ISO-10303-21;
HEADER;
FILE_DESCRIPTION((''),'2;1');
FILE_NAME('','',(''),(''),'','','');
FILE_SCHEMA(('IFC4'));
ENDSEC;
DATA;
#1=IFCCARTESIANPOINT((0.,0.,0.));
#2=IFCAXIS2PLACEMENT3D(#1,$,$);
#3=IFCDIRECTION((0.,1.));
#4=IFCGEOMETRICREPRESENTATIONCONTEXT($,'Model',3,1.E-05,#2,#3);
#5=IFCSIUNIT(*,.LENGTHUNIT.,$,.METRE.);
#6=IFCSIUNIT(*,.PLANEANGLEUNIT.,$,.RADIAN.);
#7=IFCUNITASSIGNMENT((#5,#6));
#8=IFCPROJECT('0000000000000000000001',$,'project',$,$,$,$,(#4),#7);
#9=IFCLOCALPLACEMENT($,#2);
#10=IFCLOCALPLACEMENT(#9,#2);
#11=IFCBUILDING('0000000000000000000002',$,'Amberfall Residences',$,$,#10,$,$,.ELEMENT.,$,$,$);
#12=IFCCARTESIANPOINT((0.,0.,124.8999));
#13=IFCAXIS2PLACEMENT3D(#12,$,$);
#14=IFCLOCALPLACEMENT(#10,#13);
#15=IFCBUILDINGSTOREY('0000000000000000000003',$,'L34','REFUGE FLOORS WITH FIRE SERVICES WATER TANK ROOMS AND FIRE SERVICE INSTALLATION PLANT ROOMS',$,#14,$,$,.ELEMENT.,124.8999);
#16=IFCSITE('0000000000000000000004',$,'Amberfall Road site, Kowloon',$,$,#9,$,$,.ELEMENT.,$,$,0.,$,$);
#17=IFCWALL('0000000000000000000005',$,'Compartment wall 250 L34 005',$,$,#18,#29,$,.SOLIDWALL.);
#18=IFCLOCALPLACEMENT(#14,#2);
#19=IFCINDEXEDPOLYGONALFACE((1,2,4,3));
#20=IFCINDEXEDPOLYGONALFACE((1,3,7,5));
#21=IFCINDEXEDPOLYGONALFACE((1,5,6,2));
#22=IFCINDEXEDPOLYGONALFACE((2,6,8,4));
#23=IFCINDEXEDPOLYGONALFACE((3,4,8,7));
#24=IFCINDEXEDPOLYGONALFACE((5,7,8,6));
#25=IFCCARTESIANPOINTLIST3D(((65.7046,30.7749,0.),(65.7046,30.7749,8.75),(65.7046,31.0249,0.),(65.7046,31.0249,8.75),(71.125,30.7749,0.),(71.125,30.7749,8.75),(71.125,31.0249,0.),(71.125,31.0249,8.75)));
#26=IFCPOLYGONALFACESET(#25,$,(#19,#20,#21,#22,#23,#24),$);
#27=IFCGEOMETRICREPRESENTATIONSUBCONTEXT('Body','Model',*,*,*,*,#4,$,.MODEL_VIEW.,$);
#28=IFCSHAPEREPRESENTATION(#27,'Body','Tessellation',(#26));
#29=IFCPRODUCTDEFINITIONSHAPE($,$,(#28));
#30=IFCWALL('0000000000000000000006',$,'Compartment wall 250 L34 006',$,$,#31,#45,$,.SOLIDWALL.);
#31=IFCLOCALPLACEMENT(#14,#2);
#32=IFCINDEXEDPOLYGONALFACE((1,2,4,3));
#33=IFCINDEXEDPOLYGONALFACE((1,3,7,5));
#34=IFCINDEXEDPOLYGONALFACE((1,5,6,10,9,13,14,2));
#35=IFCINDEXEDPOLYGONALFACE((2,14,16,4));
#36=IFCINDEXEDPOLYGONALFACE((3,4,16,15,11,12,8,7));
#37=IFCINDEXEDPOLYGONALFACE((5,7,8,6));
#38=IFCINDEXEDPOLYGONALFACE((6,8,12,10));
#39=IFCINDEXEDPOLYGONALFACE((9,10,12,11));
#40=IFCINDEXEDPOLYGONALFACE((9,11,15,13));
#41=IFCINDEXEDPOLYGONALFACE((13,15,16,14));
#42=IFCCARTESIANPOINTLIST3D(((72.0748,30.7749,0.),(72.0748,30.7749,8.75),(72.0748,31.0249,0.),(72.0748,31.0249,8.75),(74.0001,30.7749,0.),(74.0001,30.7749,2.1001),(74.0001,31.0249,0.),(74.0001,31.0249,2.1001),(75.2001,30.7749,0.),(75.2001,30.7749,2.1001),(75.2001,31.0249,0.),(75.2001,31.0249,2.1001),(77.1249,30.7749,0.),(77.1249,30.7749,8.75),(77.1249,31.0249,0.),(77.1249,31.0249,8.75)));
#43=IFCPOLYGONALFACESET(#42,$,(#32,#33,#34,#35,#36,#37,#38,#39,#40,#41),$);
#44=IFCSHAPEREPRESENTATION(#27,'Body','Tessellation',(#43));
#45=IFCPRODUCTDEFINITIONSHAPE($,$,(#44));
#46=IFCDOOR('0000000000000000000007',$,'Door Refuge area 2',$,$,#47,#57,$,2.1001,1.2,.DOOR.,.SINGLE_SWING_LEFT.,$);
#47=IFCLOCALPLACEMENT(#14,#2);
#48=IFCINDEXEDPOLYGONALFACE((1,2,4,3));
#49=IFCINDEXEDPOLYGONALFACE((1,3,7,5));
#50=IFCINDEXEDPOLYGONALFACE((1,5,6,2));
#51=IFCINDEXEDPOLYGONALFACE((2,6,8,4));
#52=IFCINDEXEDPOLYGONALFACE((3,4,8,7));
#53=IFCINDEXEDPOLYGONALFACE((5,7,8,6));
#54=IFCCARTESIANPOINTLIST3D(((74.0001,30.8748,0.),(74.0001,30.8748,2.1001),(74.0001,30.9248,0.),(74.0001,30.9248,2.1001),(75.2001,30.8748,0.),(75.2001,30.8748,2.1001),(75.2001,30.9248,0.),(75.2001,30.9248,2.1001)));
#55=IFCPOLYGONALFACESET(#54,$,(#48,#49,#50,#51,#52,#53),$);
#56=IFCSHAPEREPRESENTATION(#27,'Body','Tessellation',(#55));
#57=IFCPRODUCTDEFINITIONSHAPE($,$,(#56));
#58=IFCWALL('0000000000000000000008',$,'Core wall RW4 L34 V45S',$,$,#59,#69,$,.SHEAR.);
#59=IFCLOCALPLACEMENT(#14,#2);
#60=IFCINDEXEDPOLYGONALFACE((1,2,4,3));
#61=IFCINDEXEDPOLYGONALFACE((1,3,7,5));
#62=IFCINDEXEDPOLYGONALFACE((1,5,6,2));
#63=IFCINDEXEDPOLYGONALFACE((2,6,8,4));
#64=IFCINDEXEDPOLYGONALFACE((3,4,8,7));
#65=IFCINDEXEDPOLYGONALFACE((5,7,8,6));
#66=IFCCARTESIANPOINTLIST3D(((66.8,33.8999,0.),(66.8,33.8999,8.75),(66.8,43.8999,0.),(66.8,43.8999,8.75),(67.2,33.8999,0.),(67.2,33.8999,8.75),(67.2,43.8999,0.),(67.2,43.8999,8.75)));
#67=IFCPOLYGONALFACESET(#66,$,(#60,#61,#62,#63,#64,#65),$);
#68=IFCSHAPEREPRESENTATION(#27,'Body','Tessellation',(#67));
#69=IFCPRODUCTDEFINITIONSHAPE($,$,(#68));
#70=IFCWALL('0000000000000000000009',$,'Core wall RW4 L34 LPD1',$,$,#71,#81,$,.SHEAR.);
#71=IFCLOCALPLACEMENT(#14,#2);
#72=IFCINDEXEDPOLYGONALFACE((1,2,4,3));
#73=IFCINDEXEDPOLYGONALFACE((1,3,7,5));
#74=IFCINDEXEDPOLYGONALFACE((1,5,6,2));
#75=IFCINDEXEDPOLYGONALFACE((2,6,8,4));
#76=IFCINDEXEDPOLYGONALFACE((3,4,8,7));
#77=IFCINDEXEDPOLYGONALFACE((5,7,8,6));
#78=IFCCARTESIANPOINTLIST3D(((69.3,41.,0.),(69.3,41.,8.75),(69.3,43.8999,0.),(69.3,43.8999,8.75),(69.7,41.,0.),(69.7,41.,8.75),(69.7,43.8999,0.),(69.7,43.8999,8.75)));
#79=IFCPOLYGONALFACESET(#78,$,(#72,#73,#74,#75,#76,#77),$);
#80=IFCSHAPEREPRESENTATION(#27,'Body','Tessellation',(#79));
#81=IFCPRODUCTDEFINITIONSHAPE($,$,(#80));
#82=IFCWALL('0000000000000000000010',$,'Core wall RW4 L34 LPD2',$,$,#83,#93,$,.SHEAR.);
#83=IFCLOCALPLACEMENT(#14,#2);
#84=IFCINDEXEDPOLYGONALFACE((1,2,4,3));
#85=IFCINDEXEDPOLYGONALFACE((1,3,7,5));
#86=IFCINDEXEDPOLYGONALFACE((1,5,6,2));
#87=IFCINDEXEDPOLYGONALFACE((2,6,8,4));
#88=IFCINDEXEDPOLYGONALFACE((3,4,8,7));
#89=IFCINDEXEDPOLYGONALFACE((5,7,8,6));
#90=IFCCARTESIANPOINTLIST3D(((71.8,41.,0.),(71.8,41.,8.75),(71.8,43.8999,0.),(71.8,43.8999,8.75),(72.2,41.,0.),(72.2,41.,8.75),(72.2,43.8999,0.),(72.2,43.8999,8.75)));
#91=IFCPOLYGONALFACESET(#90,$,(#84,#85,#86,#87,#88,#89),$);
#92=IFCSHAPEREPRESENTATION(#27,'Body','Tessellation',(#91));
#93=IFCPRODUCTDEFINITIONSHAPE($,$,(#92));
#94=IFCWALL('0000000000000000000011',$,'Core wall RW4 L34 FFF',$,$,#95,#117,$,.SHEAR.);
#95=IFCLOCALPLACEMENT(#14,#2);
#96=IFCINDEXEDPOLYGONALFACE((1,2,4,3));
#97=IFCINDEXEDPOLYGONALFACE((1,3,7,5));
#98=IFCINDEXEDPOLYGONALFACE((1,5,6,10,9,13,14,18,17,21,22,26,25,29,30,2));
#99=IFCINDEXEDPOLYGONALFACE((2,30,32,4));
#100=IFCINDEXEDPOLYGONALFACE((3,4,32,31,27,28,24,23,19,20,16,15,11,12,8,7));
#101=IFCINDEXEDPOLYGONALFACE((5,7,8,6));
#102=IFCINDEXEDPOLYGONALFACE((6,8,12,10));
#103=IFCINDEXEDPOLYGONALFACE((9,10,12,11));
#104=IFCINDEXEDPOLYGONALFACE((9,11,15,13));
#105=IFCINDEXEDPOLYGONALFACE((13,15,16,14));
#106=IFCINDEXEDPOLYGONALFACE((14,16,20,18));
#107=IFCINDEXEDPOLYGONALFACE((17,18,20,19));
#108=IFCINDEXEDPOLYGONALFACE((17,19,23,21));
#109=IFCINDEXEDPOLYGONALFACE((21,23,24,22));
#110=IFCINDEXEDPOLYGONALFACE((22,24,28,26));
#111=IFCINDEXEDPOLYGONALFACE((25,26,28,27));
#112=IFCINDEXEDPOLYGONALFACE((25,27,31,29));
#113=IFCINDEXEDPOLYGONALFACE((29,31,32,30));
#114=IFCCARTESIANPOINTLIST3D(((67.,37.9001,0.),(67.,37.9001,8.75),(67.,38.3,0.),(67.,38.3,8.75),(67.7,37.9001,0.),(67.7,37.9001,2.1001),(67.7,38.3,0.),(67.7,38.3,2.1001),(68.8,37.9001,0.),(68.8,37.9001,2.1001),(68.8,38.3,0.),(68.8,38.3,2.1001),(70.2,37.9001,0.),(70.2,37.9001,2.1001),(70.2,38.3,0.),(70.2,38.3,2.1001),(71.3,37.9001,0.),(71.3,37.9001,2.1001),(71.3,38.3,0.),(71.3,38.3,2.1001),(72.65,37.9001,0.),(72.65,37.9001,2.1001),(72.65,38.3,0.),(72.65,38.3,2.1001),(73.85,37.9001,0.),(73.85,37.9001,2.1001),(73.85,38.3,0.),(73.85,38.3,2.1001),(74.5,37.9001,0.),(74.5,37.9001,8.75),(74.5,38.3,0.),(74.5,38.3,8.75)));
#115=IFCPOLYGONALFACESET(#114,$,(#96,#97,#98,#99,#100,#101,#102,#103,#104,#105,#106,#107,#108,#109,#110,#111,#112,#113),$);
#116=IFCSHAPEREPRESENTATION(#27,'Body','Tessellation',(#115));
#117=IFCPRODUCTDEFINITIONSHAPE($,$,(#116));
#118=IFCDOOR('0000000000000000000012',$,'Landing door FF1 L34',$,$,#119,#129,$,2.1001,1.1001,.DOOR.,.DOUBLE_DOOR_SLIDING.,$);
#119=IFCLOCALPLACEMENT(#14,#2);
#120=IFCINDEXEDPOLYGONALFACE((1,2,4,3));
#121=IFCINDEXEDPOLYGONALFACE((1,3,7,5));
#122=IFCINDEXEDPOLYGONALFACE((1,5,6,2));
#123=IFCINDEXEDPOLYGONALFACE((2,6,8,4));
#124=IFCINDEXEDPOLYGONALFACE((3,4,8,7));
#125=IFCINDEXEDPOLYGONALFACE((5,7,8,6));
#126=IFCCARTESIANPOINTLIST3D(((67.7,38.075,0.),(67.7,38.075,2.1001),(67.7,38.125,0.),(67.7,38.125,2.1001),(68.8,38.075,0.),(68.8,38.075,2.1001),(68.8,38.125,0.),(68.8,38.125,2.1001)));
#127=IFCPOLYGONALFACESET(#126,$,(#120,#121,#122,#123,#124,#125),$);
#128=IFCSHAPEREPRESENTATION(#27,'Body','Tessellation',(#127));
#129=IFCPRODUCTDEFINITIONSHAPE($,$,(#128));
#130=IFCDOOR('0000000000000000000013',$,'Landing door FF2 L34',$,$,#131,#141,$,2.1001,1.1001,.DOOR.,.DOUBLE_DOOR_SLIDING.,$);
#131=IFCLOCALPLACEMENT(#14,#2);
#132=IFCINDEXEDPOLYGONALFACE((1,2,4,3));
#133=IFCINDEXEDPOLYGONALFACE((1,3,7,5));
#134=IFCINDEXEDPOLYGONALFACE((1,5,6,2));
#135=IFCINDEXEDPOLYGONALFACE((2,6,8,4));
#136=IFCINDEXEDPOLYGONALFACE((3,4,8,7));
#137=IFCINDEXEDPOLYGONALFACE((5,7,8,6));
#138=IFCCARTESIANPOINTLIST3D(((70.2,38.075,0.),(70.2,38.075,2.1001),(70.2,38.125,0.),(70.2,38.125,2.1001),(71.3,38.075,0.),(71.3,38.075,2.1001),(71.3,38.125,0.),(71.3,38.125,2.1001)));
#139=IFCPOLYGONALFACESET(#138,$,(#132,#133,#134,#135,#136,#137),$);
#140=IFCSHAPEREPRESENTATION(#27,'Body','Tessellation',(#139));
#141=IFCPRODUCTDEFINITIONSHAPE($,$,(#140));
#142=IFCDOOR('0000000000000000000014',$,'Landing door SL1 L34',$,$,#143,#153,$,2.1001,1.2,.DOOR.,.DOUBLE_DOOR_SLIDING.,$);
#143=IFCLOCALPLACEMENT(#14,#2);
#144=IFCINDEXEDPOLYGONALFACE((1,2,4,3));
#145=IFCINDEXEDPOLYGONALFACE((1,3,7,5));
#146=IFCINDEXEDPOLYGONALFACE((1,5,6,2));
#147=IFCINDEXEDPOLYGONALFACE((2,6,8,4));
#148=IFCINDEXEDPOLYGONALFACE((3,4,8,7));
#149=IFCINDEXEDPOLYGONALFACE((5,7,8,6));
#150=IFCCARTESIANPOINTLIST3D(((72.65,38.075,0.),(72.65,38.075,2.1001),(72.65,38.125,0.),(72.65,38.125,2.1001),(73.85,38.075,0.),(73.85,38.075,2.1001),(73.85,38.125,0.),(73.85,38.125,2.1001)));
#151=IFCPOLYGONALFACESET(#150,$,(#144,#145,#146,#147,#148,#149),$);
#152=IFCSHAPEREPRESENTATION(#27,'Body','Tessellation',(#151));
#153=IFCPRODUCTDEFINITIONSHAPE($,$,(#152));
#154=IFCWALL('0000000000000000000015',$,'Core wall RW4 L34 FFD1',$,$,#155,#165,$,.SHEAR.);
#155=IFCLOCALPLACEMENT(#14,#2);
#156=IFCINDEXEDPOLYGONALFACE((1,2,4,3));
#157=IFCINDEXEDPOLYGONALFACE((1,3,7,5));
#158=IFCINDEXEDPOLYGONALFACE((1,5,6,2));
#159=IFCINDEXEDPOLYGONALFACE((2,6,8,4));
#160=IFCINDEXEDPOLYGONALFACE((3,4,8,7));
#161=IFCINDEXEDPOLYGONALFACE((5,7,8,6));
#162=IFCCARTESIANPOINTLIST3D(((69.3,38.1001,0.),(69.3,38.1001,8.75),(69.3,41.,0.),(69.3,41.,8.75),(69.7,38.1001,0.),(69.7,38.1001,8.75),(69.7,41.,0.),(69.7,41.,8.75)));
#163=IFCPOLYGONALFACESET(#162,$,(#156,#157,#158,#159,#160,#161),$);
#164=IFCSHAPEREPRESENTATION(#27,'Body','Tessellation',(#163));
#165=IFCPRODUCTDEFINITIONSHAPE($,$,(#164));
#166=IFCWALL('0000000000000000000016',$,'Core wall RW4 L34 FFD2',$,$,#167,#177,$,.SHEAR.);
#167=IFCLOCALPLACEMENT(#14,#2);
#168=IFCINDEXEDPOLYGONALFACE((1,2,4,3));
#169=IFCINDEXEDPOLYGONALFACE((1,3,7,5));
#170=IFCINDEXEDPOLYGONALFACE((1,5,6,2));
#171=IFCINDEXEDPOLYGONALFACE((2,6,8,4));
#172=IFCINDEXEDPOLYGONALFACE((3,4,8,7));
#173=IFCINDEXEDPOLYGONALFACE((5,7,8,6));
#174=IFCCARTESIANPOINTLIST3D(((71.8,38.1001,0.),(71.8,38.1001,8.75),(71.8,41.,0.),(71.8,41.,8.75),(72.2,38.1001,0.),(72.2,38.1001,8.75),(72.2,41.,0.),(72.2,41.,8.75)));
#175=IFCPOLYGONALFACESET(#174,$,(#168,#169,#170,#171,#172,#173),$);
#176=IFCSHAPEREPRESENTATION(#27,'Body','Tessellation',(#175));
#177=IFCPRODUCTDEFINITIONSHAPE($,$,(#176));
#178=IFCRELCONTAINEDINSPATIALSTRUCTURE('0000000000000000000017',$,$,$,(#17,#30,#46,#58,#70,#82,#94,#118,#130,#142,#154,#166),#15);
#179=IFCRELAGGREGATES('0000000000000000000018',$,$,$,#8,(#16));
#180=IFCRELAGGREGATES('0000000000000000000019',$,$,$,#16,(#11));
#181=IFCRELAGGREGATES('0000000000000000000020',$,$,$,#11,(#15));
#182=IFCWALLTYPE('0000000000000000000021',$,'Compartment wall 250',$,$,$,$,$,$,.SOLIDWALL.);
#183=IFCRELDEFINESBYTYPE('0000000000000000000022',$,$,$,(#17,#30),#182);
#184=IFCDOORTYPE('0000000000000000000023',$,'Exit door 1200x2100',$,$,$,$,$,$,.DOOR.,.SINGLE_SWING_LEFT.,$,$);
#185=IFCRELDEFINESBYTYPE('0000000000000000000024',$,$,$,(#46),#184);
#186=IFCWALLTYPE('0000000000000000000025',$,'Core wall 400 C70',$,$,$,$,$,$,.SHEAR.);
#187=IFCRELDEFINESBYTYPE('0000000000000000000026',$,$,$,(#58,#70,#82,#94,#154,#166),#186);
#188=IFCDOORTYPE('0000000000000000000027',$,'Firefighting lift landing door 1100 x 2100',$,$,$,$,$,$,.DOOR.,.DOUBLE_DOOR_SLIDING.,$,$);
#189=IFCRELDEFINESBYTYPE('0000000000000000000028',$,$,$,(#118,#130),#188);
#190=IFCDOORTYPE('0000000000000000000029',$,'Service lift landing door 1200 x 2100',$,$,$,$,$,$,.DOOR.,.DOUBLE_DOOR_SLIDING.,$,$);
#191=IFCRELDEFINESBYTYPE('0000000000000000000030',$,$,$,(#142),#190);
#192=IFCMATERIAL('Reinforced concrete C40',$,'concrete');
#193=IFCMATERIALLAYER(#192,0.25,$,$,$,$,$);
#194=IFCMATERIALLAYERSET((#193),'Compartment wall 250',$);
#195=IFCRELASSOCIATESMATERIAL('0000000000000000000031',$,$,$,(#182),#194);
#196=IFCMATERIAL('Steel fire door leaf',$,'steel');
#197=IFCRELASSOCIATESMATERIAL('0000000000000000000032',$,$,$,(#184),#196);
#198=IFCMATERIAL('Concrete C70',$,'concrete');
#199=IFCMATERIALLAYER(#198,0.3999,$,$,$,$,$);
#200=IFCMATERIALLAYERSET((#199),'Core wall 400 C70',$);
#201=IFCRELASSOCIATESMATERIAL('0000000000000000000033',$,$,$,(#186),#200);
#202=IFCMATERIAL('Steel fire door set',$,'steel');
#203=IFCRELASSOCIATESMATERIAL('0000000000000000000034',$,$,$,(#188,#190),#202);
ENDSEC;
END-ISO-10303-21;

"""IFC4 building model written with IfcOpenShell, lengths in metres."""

from ifc_helpers import new_model, si_unit, direction, frame, frame_2d, origin, place, context, subcontext, project, spatial, rectangle, extrude, material, layer, layer_set, type_object, element, fill, save


model = new_model("IFC4")

# Units and contexts
model_context = context("Model", 3, precision=1e-05, world=origin(), true_north=direction((0.0, 1.0)))
body_context = subcontext(model_context, "Body", "Model", "MODEL_VIEW")
ifc_project = project(units=[si_unit("LENGTHUNIT", "METRE"), si_unit("PLANEANGLEUNIT", "RADIAN")], contexts=[model_context])

# Site, building, storey
site_placement = place(None, origin())
site = spatial("IfcSite", under=ifc_project, at=site_placement, Name="Amberfall Road site, Kowloon", CompositionType="ELEMENT", RefElevation=0.0)
building_placement = place(site_placement, origin())
building = spatial("IfcBuilding", under=site, at=building_placement, Name="Amberfall Residences", CompositionType="ELEMENT")
storey_placement = place(building_placement, frame((0.0, 0.0, 124.8999)))
storey = spatial("IfcBuildingStorey", under=building, at=storey_placement, Name="L34", Description="REFUGE FLOORS WITH FIRE SERVICES WATER TANK ROOMS AND FIRE SERVICE INSTALLATION PLANT ROOMS", CompositionType="ELEMENT", Elevation=124.8999)

# Wall
ifc_material_1 = material(Name="Reinforced concrete C40", Category="concrete")
ifc_layer_1 = layer(ifc_material_1, 0.25)
ifc_layer_set_1 = layer_set([ifc_layer_1], Name="Compartment wall 250")
wall_type_1 = type_object("IfcWallType", Name="Compartment wall 250", PredefinedType="SOLIDWALL", material=ifc_layer_set_1)
wall_1_placement = place(storey_placement, frame((65.7046, 30.8999, 0.0), z_axis=(0.0, 0.0, 1.0), x_axis=(1.0, 0.0, 0.0)))
element("IfcWall", 1, at=wall_1_placement, inside=storey, type_object=wall_type_1, Name="Compartment wall 250 L34 005", PredefinedType="SOLIDWALL", context=body_context, shape_type="SweptSolid", body=[
    extrude(rectangle(XDim=5.4204, YDim=0.25, at=frame_2d((2.7102, 0.0))), origin(), (0.0, 0.0, 1.0), 8.75),
])

# Wall, opening, door
wall_2_placement = place(storey_placement, frame((72.075, 30.8999, 0.0), z_axis=(0.0, 0.0, 1.0), x_axis=(1.0, 0.0, 0.0)))
wall_2 = element("IfcWall", 2, at=wall_2_placement, inside=storey, type_object=wall_type_1, Name="Compartment wall 250 L34 006", PredefinedType="SOLIDWALL", context=body_context, shape_type="SweptSolid", body=[
    extrude(rectangle(XDim=5.05, YDim=0.25, at=frame_2d((2.5249, 0.0))), origin(), (0.0, 0.0, 1.0), 8.75),
])
opening_1_placement = place(wall_2_placement, frame((1.925, 0.0, 0.0)))
opening_1 = element("IfcOpeningElement", 3, at=opening_1_placement, cuts=wall_2, PredefinedType="OPENING", context=body_context, shape_type="SweptSolid", body=[
    extrude(rectangle(XDim=1.2, YDim=2.1001, at=frame_2d((0.6001, 1.05))), frame((0.0, 0.135, 0.0), z_axis=(0.0, -1.0, 0.0), x_axis=(1.0, 0.0, 0.0)), (0.0, 0.0, 1.0), 0.27),
])
ifc_material_2 = material(Name="Steel fire door leaf", Category="steel")
door_type_1 = type_object("IfcDoorType", Name="Exit door 1200x2100", OperationType="SINGLE_SWING_LEFT", PredefinedType="DOOR", material=ifc_material_2)
door_1_placement = place(opening_1_placement, origin())
door_1 = element("IfcDoor", 4, at=door_1_placement, inside=storey, type_object=door_type_1, Name="Door Refuge area 2", OperationType="SINGLE_SWING_LEFT", OverallHeight=2.1001, OverallWidth=1.2, PredefinedType="DOOR", context=body_context, shape_type="SweptSolid", body=[
    extrude(rectangle(XDim=1.2, YDim=2.1001, at=frame_2d((0.6001, 1.05))), frame((0.0, 0.0249, 0.0), z_axis=(0.0, -1.0, 0.0), x_axis=(1.0, 0.0, 0.0)), (0.0, 0.0, 1.0), 0.05),
])
fill(opening_1, door_1)

# Walls
ifc_material_3 = material(Name="Concrete C70", Category="concrete")
ifc_layer_2 = layer(ifc_material_3, 0.3999)
ifc_layer_set_2 = layer_set([ifc_layer_2], Name="Core wall 400 C70")
wall_type_2 = type_object("IfcWallType", Name="Core wall 400 C70", PredefinedType="SHEAR", material=ifc_layer_set_2)
wall_3_placement = place(storey_placement, frame((67.0, 33.8999, 0.0), z_axis=(0.0, 0.0, 1.0), x_axis=(0.0, 1.0, 0.0)))
element("IfcWall", 5, at=wall_3_placement, inside=storey, type_object=wall_type_2, Name="Core wall RW4 L34 V45S", PredefinedType="SHEAR", context=body_context, shape_type="SweptSolid", body=[
    extrude(rectangle(XDim=10.0, YDim=0.3999, at=frame_2d((5.0, 0.0))), origin(), (0.0, 0.0, 1.0), 8.75),
])
for number, where, z_axis, x_axis, name in (
    (6, (69.5, 41.0, 0.0), (0.0, 0.0, 1.0), (0.0, 1.0, 0.0), "Core wall RW4 L34 LPD1"),
    (7, (72.0, 41.0, 0.0), (0.0, 0.0, 1.0), (0.0, 1.0, 0.0), "Core wall RW4 L34 LPD2"),
):
    element("IfcWall", number, at=place(storey_placement, frame(where, z_axis=z_axis, x_axis=x_axis)), inside=storey, type_object=wall_type_2, Name=name, PredefinedType="SHEAR", context=body_context, shape_type="SweptSolid", body=[
        extrude(rectangle(XDim=2.8999, YDim=0.3999, at=frame_2d((1.45, 0.0))), origin(), (0.0, 0.0, 1.0), 8.75),
    ])

# Wall, openings, doors
wall_4_placement = place(storey_placement, frame((67.0, 38.1001, 0.0), z_axis=(0.0, 0.0, 1.0), x_axis=(1.0, 0.0, 0.0)))
wall_4 = element("IfcWall", 8, at=wall_4_placement, inside=storey, type_object=wall_type_2, Name="Core wall RW4 L34 FFF", PredefinedType="SHEAR", context=body_context, shape_type="SweptSolid", body=[
    extrude(rectangle(XDim=7.5, YDim=0.3999, at=frame_2d((3.75, 0.0))), origin(), (0.0, 0.0, 1.0), 8.75),
])
opening_2_placement = place(wall_4_placement, frame((0.7, 0.0, 0.0)))
opening_2 = element("IfcOpeningElement", 9, at=opening_2_placement, cuts=wall_4, PredefinedType="OPENING", context=body_context, shape_type="SweptSolid", body=[
    extrude(rectangle(XDim=1.1001, YDim=2.1001, at=frame_2d((0.55, 1.05))), frame((0.0, 0.21, 0.0), z_axis=(0.0, -1.0, 0.0), x_axis=(1.0, 0.0, 0.0)), (0.0, 0.0, 1.0), 0.4199),
])
opening_3_placement = place(wall_4_placement, frame((3.2, 0.0, 0.0)))
opening_3 = element("IfcOpeningElement", 10, at=opening_3_placement, cuts=wall_4, PredefinedType="OPENING", context=body_context, shape_type="SweptSolid", body=[
    extrude(rectangle(XDim=1.1001, YDim=2.1001, at=frame_2d((0.55, 1.05))), frame((0.0, 0.21, 0.0), z_axis=(0.0, -1.0, 0.0), x_axis=(1.0, 0.0, 0.0)), (0.0, 0.0, 1.0), 0.4199),
])
opening_4_placement = place(wall_4_placement, frame((5.6499, 0.0, 0.0)))
opening_4 = element("IfcOpeningElement", 11, at=opening_4_placement, cuts=wall_4, PredefinedType="OPENING", context=body_context, shape_type="SweptSolid", body=[
    extrude(rectangle(XDim=1.2, YDim=2.1001, at=frame_2d((0.6001, 1.05))), frame((0.0, 0.21, 0.0), z_axis=(0.0, -1.0, 0.0), x_axis=(1.0, 0.0, 0.0)), (0.0, 0.0, 1.0), 0.4199),
])
ifc_material_4 = material(Name="Steel fire door set", Category="steel")
door_type_2 = type_object("IfcDoorType", Name="Firefighting lift landing door 1100 x 2100", OperationType="DOUBLE_DOOR_SLIDING", PredefinedType="DOOR", material=ifc_material_4)
door_2_placement = place(opening_2_placement, origin())
door_2 = element("IfcDoor", 12, at=door_2_placement, inside=storey, type_object=door_type_2, Name="Landing door FF1 L34", OperationType="DOUBLE_DOOR_SLIDING", OverallHeight=2.1001, OverallWidth=1.1001, PredefinedType="DOOR", context=body_context, shape_type="SweptSolid", body=[
    extrude(rectangle(XDim=1.1001, YDim=2.1001, at=frame_2d((0.55, 1.05))), frame((0.0, 0.0249, 0.0), z_axis=(0.0, -1.0, 0.0), x_axis=(1.0, 0.0, 0.0)), (0.0, 0.0, 1.0), 0.05),
])
fill(opening_2, door_2)
door_3_placement = place(opening_3_placement, origin())
door_3 = element("IfcDoor", 13, at=door_3_placement, inside=storey, type_object=door_type_2, Name="Landing door FF2 L34", OperationType="DOUBLE_DOOR_SLIDING", OverallHeight=2.1001, OverallWidth=1.1001, PredefinedType="DOOR", context=body_context, shape_type="SweptSolid", body=[
    extrude(rectangle(XDim=1.1001, YDim=2.1001, at=frame_2d((0.55, 1.05))), frame((0.0, 0.0249, 0.0), z_axis=(0.0, -1.0, 0.0), x_axis=(1.0, 0.0, 0.0)), (0.0, 0.0, 1.0), 0.05),
])
fill(opening_3, door_3)
door_type_3 = type_object("IfcDoorType", Name="Service lift landing door 1200 x 2100", OperationType="DOUBLE_DOOR_SLIDING", PredefinedType="DOOR", material=ifc_material_4)
door_4_placement = place(opening_4_placement, origin())
door_4 = element("IfcDoor", 14, at=door_4_placement, inside=storey, type_object=door_type_3, Name="Landing door SL1 L34", OperationType="DOUBLE_DOOR_SLIDING", OverallHeight=2.1001, OverallWidth=1.2, PredefinedType="DOOR", context=body_context, shape_type="SweptSolid", body=[
    extrude(rectangle(XDim=1.2, YDim=2.1001, at=frame_2d((0.6001, 1.05))), frame((0.0, 0.0249, 0.0), z_axis=(0.0, -1.0, 0.0), x_axis=(1.0, 0.0, 0.0)), (0.0, 0.0, 1.0), 0.05),
])
fill(opening_4, door_4)

# Walls
for number, where, z_axis, x_axis, name in (
    (15, (69.5, 38.1001, 0.0), (0.0, 0.0, 1.0), (0.0, 1.0, 0.0), "Core wall RW4 L34 FFD1"),
    (16, (72.0, 38.1001, 0.0), (0.0, 0.0, 1.0), (0.0, 1.0, 0.0), "Core wall RW4 L34 FFD2"),
):
    element("IfcWall", number, at=place(storey_placement, frame(where, z_axis=z_axis, x_axis=x_axis)), inside=storey, type_object=wall_type_2, Name=name, PredefinedType="SHEAR", context=body_context, shape_type="SweptSolid", body=[
        extrude(rectangle(XDim=2.8999, YDim=0.3999, at=frame_2d((1.45, 0.0))), origin(), (0.0, 0.0, 1.0), 8.75),
    ])

save(model, "model.ifc")
